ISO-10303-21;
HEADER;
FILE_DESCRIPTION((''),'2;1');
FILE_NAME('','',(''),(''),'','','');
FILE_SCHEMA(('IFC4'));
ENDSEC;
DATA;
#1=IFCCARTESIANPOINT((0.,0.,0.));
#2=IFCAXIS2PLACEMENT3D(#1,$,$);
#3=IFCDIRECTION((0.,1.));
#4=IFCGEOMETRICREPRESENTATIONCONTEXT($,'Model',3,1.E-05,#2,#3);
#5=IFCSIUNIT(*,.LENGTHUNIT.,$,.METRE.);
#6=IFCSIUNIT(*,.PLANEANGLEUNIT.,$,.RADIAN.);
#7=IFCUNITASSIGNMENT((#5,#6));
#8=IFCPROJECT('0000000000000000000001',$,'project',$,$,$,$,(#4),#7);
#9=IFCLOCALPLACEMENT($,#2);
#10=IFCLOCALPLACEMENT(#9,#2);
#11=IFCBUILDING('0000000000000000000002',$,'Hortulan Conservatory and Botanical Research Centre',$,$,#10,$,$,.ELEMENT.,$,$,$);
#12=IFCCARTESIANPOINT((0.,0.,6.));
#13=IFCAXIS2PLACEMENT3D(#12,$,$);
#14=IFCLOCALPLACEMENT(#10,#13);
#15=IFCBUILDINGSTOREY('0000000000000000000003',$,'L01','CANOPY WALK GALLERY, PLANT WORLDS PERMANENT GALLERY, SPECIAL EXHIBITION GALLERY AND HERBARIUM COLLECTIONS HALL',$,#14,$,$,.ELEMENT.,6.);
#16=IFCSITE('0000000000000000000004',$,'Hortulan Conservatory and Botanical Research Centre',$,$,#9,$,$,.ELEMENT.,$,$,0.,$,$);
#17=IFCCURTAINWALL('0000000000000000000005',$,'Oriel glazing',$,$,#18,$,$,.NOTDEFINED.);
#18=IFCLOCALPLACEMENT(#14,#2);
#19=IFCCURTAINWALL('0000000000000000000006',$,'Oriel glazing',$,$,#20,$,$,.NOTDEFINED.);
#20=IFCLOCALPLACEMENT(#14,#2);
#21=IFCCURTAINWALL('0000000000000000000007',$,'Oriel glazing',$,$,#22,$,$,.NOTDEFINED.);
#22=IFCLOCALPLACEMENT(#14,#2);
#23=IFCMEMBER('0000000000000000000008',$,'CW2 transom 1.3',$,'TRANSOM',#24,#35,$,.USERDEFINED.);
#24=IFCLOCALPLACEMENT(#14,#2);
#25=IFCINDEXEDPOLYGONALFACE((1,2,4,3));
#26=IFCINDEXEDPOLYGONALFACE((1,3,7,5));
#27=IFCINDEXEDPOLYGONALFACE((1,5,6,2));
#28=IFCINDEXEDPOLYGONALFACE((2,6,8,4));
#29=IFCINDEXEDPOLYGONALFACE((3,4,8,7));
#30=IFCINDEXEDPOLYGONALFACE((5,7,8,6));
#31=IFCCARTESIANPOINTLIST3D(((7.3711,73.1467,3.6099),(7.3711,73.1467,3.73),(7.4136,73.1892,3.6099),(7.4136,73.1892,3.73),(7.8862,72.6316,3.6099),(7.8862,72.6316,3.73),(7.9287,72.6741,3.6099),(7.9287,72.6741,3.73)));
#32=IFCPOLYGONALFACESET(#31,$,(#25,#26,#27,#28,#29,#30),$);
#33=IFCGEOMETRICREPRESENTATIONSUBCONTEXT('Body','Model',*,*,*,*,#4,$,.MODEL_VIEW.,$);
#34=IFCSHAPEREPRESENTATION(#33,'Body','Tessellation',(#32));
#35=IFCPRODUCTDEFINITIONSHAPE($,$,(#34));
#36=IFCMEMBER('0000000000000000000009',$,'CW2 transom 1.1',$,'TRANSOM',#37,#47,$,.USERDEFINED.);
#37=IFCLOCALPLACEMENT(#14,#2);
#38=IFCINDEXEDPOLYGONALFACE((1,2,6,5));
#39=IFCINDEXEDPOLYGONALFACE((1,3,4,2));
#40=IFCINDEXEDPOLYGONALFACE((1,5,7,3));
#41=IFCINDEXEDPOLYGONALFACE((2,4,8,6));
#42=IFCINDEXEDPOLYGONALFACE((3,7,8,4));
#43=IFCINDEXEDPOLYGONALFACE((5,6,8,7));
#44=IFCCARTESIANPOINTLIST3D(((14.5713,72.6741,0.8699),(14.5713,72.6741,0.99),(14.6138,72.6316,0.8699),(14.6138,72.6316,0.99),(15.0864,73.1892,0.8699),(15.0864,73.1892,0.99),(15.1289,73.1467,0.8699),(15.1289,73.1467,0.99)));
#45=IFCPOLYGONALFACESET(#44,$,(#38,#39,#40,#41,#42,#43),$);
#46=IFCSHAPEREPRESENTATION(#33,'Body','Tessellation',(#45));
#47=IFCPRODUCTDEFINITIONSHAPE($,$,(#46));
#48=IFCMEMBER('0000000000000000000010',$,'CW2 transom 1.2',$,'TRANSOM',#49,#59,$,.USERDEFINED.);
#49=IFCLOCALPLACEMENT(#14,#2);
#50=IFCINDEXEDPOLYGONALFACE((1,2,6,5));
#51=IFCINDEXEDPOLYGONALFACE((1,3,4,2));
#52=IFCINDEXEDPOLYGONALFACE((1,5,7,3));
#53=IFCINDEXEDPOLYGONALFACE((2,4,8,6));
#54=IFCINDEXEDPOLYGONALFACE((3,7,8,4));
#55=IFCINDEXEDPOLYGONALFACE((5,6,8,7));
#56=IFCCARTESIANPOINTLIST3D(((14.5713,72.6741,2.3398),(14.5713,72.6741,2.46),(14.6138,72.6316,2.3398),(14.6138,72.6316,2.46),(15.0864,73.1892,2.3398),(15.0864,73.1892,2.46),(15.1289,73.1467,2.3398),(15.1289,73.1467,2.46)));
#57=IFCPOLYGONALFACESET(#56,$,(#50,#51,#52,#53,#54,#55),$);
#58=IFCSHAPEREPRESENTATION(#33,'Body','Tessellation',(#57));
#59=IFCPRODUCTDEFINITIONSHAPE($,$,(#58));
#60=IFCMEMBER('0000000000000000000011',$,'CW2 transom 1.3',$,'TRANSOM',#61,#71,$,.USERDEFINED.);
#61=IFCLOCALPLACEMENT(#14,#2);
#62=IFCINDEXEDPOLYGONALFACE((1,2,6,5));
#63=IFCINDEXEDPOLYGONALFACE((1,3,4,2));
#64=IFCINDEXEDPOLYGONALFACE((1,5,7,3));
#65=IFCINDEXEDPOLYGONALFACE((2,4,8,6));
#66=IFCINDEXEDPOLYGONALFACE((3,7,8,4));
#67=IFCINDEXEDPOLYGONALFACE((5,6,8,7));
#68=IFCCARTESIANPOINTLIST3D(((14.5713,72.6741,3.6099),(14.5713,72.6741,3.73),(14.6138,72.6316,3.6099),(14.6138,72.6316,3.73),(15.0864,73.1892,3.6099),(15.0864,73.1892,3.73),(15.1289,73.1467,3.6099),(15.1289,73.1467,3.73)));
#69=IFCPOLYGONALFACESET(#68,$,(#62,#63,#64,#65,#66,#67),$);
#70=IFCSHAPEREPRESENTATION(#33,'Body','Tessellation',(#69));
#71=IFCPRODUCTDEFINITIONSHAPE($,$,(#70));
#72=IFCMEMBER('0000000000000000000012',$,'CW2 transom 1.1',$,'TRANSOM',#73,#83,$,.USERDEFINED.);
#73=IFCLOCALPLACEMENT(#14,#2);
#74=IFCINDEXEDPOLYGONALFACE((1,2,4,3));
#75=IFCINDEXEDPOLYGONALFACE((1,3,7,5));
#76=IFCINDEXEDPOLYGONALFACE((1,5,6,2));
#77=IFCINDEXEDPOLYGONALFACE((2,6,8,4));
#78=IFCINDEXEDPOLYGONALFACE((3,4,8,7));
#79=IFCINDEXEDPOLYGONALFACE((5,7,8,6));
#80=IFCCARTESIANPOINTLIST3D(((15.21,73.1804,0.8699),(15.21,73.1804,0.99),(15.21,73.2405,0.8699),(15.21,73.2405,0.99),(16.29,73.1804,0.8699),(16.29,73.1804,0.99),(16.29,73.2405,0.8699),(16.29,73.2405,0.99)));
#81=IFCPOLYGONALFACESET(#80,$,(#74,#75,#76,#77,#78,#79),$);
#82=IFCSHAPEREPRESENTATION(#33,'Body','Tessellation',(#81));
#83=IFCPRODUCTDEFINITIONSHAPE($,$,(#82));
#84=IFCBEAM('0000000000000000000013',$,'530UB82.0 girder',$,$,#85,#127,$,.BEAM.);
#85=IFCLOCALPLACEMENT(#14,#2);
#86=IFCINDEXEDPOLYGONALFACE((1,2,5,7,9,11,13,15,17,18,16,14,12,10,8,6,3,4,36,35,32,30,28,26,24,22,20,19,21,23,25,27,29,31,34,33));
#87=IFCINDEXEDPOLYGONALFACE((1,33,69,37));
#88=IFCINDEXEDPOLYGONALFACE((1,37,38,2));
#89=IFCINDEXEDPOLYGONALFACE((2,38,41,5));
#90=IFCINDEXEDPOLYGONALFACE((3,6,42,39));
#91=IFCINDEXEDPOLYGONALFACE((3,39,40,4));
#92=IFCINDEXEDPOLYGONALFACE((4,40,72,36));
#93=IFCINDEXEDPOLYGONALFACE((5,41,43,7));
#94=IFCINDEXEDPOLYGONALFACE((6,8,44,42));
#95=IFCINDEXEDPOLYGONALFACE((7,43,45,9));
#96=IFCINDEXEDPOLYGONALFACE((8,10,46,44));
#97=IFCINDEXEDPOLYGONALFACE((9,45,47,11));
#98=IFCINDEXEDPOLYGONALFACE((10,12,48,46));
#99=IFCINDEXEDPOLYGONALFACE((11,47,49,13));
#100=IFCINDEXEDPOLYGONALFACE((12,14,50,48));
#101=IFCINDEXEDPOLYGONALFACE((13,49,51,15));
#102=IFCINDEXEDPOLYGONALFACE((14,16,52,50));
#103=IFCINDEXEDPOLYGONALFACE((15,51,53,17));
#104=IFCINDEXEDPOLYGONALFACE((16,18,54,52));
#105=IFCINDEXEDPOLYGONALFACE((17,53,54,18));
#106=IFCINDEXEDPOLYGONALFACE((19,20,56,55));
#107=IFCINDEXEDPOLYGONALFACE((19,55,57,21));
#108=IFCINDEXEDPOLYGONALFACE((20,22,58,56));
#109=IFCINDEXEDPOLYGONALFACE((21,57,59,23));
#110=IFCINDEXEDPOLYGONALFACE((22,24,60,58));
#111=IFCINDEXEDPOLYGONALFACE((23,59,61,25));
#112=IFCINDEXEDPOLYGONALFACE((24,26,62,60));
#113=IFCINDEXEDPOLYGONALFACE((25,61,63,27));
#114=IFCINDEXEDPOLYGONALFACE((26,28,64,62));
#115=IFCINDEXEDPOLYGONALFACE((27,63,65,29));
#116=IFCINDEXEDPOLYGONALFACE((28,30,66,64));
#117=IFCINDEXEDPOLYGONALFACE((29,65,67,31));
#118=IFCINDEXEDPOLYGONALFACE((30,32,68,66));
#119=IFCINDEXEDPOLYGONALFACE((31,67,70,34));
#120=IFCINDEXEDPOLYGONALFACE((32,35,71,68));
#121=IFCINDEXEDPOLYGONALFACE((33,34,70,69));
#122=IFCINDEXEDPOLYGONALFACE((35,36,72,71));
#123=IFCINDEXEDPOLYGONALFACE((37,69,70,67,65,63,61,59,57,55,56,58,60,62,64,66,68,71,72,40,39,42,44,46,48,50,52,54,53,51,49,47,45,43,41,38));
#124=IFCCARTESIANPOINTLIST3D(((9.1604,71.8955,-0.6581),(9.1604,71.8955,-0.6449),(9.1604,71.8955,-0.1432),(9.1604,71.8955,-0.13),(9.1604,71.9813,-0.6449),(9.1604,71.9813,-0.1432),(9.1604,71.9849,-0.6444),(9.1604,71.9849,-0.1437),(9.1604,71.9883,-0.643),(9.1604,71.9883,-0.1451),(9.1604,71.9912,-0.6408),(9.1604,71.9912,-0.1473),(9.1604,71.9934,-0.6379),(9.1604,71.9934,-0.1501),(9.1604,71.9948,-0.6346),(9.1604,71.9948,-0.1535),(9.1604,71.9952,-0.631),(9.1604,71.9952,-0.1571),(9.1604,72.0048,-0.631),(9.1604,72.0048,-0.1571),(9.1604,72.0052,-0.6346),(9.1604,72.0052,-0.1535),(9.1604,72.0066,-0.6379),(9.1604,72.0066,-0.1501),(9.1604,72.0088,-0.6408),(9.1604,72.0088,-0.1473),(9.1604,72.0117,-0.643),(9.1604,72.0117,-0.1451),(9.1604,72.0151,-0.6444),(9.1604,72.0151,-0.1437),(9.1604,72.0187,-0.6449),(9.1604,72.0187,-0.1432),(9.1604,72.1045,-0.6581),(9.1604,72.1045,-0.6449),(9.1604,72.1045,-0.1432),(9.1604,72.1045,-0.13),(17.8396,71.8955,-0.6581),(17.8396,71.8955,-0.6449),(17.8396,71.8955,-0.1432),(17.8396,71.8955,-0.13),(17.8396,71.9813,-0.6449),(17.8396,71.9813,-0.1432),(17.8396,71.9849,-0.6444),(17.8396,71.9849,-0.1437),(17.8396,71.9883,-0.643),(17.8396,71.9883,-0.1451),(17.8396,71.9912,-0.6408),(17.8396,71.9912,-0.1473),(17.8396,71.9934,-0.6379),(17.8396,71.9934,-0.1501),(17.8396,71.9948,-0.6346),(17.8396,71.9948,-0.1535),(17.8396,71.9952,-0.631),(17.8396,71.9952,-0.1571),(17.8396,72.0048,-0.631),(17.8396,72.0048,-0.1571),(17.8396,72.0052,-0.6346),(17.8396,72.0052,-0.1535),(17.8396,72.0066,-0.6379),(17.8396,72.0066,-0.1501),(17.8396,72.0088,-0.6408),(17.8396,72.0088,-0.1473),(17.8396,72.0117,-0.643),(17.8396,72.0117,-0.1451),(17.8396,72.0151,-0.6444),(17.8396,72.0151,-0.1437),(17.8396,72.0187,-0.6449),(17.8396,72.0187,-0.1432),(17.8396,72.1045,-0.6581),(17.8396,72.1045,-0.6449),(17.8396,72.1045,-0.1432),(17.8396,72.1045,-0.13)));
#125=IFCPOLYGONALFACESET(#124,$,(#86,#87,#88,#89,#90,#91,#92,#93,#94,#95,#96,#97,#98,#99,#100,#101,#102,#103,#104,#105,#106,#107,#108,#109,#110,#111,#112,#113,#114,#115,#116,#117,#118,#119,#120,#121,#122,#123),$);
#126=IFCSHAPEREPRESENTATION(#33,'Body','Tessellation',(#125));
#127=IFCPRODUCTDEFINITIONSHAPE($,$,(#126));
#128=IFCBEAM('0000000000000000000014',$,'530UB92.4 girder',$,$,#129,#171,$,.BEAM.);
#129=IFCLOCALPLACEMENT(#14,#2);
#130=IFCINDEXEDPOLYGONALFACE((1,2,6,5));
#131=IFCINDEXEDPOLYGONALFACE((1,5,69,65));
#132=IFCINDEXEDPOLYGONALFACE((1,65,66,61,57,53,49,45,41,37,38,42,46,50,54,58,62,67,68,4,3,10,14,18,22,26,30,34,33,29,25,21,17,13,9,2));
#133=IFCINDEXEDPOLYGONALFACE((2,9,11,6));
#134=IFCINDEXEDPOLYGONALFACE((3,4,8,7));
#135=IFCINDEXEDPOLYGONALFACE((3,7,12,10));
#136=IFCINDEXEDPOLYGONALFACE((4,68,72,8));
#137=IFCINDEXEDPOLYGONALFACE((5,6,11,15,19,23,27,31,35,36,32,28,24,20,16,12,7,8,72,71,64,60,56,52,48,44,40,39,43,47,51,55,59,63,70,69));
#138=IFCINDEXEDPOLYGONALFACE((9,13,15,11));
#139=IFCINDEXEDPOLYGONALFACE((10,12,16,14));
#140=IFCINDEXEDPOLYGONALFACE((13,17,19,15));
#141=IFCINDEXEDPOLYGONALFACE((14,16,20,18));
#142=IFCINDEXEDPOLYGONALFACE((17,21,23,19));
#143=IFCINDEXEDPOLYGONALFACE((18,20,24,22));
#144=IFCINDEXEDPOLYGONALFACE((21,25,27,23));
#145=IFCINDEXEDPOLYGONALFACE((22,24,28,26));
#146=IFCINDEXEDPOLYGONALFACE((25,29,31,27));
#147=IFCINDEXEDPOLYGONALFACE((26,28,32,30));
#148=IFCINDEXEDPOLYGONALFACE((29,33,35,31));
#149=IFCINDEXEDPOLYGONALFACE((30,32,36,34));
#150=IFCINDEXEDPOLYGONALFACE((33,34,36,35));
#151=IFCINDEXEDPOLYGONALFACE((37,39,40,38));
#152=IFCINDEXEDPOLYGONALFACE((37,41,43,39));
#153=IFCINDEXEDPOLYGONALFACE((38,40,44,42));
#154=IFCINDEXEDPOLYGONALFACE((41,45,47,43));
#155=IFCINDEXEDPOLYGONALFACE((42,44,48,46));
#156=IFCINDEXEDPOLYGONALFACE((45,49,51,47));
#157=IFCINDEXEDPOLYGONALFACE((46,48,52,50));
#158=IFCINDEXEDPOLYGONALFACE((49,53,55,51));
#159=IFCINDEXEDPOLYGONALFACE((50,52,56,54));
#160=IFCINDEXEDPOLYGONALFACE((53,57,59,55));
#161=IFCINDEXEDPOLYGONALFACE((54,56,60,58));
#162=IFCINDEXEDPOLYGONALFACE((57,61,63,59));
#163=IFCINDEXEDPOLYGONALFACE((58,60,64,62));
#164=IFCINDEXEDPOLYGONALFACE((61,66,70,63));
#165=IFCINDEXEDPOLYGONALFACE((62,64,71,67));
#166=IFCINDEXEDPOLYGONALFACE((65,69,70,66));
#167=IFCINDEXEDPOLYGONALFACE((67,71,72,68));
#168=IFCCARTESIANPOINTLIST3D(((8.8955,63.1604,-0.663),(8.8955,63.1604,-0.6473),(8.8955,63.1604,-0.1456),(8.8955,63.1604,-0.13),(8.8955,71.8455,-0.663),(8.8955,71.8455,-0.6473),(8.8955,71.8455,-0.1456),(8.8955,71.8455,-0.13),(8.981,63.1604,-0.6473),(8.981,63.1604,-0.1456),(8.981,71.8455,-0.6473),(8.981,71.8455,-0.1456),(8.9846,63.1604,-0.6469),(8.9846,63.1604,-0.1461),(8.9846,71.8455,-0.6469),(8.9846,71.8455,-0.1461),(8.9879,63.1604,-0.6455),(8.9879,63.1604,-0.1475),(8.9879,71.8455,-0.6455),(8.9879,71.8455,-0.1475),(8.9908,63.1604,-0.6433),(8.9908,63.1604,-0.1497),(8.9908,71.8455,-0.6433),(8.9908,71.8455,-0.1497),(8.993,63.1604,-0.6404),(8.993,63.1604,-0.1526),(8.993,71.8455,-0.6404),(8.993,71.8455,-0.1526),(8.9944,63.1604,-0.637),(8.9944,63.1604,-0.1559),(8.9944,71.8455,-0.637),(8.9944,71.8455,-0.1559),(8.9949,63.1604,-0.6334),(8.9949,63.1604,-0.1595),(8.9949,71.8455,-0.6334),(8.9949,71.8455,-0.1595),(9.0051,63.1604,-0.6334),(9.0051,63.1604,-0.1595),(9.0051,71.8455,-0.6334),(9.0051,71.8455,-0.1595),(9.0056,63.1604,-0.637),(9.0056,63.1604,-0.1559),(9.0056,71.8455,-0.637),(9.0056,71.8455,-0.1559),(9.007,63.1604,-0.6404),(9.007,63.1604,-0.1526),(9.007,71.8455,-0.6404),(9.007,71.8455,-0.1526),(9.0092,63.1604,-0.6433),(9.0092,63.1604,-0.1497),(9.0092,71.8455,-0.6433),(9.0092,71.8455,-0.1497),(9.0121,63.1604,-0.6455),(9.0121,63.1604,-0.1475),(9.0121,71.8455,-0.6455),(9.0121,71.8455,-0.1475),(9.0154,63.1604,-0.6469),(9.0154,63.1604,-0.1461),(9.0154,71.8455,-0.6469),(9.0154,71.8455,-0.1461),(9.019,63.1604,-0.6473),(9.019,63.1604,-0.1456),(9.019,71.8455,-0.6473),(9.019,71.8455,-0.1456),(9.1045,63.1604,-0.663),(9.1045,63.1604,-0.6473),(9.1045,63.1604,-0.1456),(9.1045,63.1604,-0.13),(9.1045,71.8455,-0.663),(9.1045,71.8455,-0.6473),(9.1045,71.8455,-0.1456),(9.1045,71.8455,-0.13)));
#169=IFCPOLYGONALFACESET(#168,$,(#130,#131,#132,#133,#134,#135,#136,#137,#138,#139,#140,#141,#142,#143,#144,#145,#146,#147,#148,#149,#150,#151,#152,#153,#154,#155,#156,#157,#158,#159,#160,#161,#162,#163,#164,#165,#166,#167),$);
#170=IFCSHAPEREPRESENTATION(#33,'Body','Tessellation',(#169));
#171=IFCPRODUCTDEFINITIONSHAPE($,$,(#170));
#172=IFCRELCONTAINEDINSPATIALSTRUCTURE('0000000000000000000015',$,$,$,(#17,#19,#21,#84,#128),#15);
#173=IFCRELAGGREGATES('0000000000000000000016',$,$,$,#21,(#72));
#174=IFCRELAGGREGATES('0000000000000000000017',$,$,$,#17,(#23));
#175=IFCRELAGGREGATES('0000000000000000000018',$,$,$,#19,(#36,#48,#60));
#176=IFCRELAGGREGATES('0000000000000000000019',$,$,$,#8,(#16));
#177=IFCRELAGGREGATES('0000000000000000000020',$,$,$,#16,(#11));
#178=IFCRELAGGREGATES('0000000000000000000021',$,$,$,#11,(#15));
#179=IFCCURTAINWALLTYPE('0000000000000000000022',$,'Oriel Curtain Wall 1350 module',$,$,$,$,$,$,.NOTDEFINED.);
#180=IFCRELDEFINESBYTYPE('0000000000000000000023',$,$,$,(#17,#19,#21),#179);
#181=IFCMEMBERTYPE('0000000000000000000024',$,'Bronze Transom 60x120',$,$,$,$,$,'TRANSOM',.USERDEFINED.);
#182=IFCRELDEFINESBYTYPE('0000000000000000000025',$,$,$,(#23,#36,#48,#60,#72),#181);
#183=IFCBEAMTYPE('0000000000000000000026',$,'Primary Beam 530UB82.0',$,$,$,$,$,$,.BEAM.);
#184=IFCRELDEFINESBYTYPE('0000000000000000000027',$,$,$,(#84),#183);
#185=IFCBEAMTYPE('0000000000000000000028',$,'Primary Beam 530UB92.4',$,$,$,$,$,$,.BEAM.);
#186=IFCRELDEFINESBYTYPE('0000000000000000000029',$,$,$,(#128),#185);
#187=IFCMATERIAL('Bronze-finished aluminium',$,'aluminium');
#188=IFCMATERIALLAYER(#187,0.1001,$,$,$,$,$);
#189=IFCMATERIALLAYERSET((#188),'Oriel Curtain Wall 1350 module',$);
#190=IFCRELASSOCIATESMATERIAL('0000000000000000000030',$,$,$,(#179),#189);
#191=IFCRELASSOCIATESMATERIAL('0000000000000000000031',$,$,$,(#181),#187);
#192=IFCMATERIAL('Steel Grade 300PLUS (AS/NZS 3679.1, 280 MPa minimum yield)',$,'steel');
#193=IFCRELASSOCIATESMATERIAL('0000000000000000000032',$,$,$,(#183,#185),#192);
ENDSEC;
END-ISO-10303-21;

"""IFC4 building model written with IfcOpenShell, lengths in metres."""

from ifc_helpers import new_model, si_unit, direction, frame, origin, origin_2d, place, context, subcontext, project, spatial, rectangle, i_section, extrude, material, layer, layer_set, material_profile, profile_set, type_object, element, aggregate, save


model = new_model("IFC4")

# Units and contexts
model_context = context("Model", 3, precision=1e-05, world=origin(), true_north=direction((0.0, 1.0)))
body_context = subcontext(model_context, "Body", "Model", "MODEL_VIEW")
ifc_project = project(units=[si_unit("LENGTHUNIT", "METRE"), si_unit("PLANEANGLEUNIT", "RADIAN")], contexts=[model_context])

# Site, building, storey
site_placement = place(None, origin())
site = spatial("IfcSite", under=ifc_project, at=site_placement, Name="Hortulan Conservatory and Botanical Research Centre", CompositionType="ELEMENT", RefElevation=0.0)
building_placement = place(site_placement, origin())
building = spatial("IfcBuilding", under=site, at=building_placement, Name="Hortulan Conservatory and Botanical Research Centre", CompositionType="ELEMENT")
storey_placement = place(building_placement, frame((0.0, 0.0, 6.0)))
storey = spatial("IfcBuildingStorey", under=building, at=storey_placement, Name="L01", Description="CANOPY WALK GALLERY, PLANT WORLDS PERMANENT GALLERY, SPECIAL EXHIBITION GALLERY AND HERBARIUM COLLECTIONS HALL", CompositionType="ELEMENT", Elevation=6.0)

# Shared definitions
ifc_material_1 = material(Name="Steel Grade 300PLUS (AS/NZS 3679.1, 280 MPa minimum yield)", Category="steel")

# Curtain walls
ifc_material_2 = material(Name="Bronze-finished aluminium", Category="aluminium")
ifc_layer_1 = layer(ifc_material_2, 0.1001)
ifc_layer_set_1 = layer_set([ifc_layer_1], Name="Oriel Curtain Wall 1350 module")
curtain_wall_type = type_object("IfcCurtainWallType", Name="Oriel Curtain Wall 1350 module", PredefinedType="NOTDEFINED", material=ifc_layer_set_1)
curtain_wall_1_placement = place(storey_placement, origin())
curtain_wall_1 = element("IfcCurtainWall", 1, at=curtain_wall_1_placement, inside=storey, type_object=curtain_wall_type, Name="Oriel glazing", PredefinedType="NOTDEFINED")
curtain_wall_2_placement = place(storey_placement, origin())
curtain_wall_2 = element("IfcCurtainWall", 2, at=curtain_wall_2_placement, inside=storey, type_object=curtain_wall_type, Name="Oriel glazing", PredefinedType="NOTDEFINED")

# Curtain wall
curtain_wall_3_placement = place(storey_placement, origin())
curtain_wall_3 = element("IfcCurtainWall", 3, at=curtain_wall_3_placement, inside=storey, type_object=curtain_wall_type, Name="Oriel glazing", PredefinedType="NOTDEFINED")

# Members
ifc_material_profile_1 = material_profile(ifc_material_2, rectangle(XDim=0.0601, YDim=0.1201, at=origin_2d()), Name="Bronze Transom 60x120")
ifc_profile_set_1 = profile_set([ifc_material_profile_1], Name="Bronze-finished aluminium")
member_type_1 = type_object("IfcMemberType", Name="Bronze Transom 60x120", ElementType="TRANSOM", PredefinedType="USERDEFINED", material=ifc_profile_set_1)
member_1_placement = place(storey_placement, frame((7.3923, 73.168, 3.6699), z_axis=(0.707107, -0.707107, 0.0), x_axis=(0.707107, 0.707107, 0.0)))
member_1 = element("IfcMember", 4, at=member_1_placement, type_object=member_type_1, Name="CW2 transom 1.3", ObjectType="TRANSOM", PredefinedType="USERDEFINED", context=body_context, shape_type="SweptSolid", body=[
    extrude(rectangle(XDim=0.0601, YDim=0.1201, at=origin_2d()), origin(), (0.0, 0.0, 1.0), 0.7285),
])
member_2_placement = place(storey_placement, frame((14.5925, 72.6528, 0.9299), z_axis=(0.707107, 0.707107, 0.0), x_axis=(-0.707107, 0.707107, 0.0)))
member_2 = element("IfcMember", 5, at=member_2_placement, type_object=member_type_1, Name="CW2 transom 1.1", ObjectType="TRANSOM", PredefinedType="USERDEFINED", context=body_context, shape_type="SweptSolid", body=[
    extrude(rectangle(XDim=0.0601, YDim=0.1201, at=origin_2d()), origin(), (0.0, 0.0, 1.0), 0.7285),
])
member_3_placement = place(storey_placement, frame((14.5925, 72.6528, 2.3999), z_axis=(0.707107, 0.707107, 0.0), x_axis=(-0.707107, 0.707107, 0.0)))
member_3 = element("IfcMember", 6, at=member_3_placement, type_object=member_type_1, Name="CW2 transom 1.2", ObjectType="TRANSOM", PredefinedType="USERDEFINED", context=body_context, shape_type="SweptSolid", body=[
    extrude(rectangle(XDim=0.0601, YDim=0.1201, at=origin_2d()), origin(), (0.0, 0.0, 1.0), 0.7285),
])
member_4_placement = place(storey_placement, frame((14.5925, 72.6528, 3.6699), z_axis=(0.707107, 0.707107, 0.0), x_axis=(-0.707107, 0.707107, 0.0)))
member_4 = element("IfcMember", 7, at=member_4_placement, type_object=member_type_1, Name="CW2 transom 1.3", ObjectType="TRANSOM", PredefinedType="USERDEFINED", context=body_context, shape_type="SweptSolid", body=[
    extrude(rectangle(XDim=0.0601, YDim=0.1201, at=origin_2d()), origin(), (0.0, 0.0, 1.0), 0.7285),
])
member_5_placement = place(storey_placement, frame((15.21, 73.2104, 0.9299), z_axis=(1.0, 0.0, 0.0), x_axis=(0.0, 1.0, 0.0)))
member_5 = element("IfcMember", 8, at=member_5_placement, type_object=member_type_1, Name="CW2 transom 1.1", ObjectType="TRANSOM", PredefinedType="USERDEFINED", context=body_context, shape_type="SweptSolid", body=[
    extrude(rectangle(XDim=0.0601, YDim=0.1201, at=origin_2d()), origin(), (0.0, 0.0, 1.0), 1.0801),
])
aggregate(curtain_wall_3, [member_5])

# Beams
ifc_material_profile_2 = material_profile(ifc_material_1, i_section(OverallWidth=0.209, OverallDepth=0.5281, WebThickness=0.0095, FlangeThickness=0.0132, FilletRadius=0.0139, at=origin_2d()), Name="530UB82.0")
ifc_profile_set_2 = profile_set([ifc_material_profile_2], Name="Steel Grade 300PLUS (AS/NZS 3679.1, 280 MPa minimum yield)")
beam_type_1 = type_object("IfcBeamType", Name="Primary Beam 530UB82.0", PredefinedType="BEAM", material=ifc_profile_set_2)
beam_1_placement = place(storey_placement, frame((9.1604, 72.0, -0.394), z_axis=(1.0, 0.0, 0.0), x_axis=(0.0, 1.0, 0.0)))
element("IfcBeam", 9, at=beam_1_placement, inside=storey, type_object=beam_type_1, Name="530UB82.0 girder", PredefinedType="BEAM", context=body_context, shape_type="SweptSolid", body=[
    extrude(i_section(OverallWidth=0.209, OverallDepth=0.5281, WebThickness=0.0095, FlangeThickness=0.0132, FilletRadius=0.0139, at=origin_2d()), origin(), (0.0, 0.0, 1.0), 8.6792),
])
ifc_material_profile_3 = material_profile(ifc_material_1, i_section(OverallWidth=0.209, OverallDepth=0.533, WebThickness=0.0103, FlangeThickness=0.0156, FilletRadius=0.0139, at=origin_2d()), Name="530UB92.4")
ifc_profile_set_3 = profile_set([ifc_material_profile_3], Name="Steel Grade 300PLUS (AS/NZS 3679.1, 280 MPa minimum yield)")
beam_type_2 = type_object("IfcBeamType", Name="Primary Beam 530UB92.4", PredefinedType="BEAM", material=ifc_profile_set_3)
beam_2_placement = place(storey_placement, frame((9.0, 63.1604, -0.3965), z_axis=(0.0, 1.0, 0.0), x_axis=(-1.0, 0.0, 0.0)))
element("IfcBeam", 10, at=beam_2_placement, inside=storey, type_object=beam_type_2, Name="530UB92.4 girder", PredefinedType="BEAM", context=body_context, shape_type="SweptSolid", body=[
    extrude(i_section(OverallWidth=0.209, OverallDepth=0.533, WebThickness=0.0103, FlangeThickness=0.0156, FilletRadius=0.0139, at=origin_2d()), origin(), (0.0, 0.0, 1.0), 8.6851),
])

aggregate(curtain_wall_1, [member_1])
aggregate(curtain_wall_2, [member_2, member_3, member_4])

save(model, "model.ifc")
